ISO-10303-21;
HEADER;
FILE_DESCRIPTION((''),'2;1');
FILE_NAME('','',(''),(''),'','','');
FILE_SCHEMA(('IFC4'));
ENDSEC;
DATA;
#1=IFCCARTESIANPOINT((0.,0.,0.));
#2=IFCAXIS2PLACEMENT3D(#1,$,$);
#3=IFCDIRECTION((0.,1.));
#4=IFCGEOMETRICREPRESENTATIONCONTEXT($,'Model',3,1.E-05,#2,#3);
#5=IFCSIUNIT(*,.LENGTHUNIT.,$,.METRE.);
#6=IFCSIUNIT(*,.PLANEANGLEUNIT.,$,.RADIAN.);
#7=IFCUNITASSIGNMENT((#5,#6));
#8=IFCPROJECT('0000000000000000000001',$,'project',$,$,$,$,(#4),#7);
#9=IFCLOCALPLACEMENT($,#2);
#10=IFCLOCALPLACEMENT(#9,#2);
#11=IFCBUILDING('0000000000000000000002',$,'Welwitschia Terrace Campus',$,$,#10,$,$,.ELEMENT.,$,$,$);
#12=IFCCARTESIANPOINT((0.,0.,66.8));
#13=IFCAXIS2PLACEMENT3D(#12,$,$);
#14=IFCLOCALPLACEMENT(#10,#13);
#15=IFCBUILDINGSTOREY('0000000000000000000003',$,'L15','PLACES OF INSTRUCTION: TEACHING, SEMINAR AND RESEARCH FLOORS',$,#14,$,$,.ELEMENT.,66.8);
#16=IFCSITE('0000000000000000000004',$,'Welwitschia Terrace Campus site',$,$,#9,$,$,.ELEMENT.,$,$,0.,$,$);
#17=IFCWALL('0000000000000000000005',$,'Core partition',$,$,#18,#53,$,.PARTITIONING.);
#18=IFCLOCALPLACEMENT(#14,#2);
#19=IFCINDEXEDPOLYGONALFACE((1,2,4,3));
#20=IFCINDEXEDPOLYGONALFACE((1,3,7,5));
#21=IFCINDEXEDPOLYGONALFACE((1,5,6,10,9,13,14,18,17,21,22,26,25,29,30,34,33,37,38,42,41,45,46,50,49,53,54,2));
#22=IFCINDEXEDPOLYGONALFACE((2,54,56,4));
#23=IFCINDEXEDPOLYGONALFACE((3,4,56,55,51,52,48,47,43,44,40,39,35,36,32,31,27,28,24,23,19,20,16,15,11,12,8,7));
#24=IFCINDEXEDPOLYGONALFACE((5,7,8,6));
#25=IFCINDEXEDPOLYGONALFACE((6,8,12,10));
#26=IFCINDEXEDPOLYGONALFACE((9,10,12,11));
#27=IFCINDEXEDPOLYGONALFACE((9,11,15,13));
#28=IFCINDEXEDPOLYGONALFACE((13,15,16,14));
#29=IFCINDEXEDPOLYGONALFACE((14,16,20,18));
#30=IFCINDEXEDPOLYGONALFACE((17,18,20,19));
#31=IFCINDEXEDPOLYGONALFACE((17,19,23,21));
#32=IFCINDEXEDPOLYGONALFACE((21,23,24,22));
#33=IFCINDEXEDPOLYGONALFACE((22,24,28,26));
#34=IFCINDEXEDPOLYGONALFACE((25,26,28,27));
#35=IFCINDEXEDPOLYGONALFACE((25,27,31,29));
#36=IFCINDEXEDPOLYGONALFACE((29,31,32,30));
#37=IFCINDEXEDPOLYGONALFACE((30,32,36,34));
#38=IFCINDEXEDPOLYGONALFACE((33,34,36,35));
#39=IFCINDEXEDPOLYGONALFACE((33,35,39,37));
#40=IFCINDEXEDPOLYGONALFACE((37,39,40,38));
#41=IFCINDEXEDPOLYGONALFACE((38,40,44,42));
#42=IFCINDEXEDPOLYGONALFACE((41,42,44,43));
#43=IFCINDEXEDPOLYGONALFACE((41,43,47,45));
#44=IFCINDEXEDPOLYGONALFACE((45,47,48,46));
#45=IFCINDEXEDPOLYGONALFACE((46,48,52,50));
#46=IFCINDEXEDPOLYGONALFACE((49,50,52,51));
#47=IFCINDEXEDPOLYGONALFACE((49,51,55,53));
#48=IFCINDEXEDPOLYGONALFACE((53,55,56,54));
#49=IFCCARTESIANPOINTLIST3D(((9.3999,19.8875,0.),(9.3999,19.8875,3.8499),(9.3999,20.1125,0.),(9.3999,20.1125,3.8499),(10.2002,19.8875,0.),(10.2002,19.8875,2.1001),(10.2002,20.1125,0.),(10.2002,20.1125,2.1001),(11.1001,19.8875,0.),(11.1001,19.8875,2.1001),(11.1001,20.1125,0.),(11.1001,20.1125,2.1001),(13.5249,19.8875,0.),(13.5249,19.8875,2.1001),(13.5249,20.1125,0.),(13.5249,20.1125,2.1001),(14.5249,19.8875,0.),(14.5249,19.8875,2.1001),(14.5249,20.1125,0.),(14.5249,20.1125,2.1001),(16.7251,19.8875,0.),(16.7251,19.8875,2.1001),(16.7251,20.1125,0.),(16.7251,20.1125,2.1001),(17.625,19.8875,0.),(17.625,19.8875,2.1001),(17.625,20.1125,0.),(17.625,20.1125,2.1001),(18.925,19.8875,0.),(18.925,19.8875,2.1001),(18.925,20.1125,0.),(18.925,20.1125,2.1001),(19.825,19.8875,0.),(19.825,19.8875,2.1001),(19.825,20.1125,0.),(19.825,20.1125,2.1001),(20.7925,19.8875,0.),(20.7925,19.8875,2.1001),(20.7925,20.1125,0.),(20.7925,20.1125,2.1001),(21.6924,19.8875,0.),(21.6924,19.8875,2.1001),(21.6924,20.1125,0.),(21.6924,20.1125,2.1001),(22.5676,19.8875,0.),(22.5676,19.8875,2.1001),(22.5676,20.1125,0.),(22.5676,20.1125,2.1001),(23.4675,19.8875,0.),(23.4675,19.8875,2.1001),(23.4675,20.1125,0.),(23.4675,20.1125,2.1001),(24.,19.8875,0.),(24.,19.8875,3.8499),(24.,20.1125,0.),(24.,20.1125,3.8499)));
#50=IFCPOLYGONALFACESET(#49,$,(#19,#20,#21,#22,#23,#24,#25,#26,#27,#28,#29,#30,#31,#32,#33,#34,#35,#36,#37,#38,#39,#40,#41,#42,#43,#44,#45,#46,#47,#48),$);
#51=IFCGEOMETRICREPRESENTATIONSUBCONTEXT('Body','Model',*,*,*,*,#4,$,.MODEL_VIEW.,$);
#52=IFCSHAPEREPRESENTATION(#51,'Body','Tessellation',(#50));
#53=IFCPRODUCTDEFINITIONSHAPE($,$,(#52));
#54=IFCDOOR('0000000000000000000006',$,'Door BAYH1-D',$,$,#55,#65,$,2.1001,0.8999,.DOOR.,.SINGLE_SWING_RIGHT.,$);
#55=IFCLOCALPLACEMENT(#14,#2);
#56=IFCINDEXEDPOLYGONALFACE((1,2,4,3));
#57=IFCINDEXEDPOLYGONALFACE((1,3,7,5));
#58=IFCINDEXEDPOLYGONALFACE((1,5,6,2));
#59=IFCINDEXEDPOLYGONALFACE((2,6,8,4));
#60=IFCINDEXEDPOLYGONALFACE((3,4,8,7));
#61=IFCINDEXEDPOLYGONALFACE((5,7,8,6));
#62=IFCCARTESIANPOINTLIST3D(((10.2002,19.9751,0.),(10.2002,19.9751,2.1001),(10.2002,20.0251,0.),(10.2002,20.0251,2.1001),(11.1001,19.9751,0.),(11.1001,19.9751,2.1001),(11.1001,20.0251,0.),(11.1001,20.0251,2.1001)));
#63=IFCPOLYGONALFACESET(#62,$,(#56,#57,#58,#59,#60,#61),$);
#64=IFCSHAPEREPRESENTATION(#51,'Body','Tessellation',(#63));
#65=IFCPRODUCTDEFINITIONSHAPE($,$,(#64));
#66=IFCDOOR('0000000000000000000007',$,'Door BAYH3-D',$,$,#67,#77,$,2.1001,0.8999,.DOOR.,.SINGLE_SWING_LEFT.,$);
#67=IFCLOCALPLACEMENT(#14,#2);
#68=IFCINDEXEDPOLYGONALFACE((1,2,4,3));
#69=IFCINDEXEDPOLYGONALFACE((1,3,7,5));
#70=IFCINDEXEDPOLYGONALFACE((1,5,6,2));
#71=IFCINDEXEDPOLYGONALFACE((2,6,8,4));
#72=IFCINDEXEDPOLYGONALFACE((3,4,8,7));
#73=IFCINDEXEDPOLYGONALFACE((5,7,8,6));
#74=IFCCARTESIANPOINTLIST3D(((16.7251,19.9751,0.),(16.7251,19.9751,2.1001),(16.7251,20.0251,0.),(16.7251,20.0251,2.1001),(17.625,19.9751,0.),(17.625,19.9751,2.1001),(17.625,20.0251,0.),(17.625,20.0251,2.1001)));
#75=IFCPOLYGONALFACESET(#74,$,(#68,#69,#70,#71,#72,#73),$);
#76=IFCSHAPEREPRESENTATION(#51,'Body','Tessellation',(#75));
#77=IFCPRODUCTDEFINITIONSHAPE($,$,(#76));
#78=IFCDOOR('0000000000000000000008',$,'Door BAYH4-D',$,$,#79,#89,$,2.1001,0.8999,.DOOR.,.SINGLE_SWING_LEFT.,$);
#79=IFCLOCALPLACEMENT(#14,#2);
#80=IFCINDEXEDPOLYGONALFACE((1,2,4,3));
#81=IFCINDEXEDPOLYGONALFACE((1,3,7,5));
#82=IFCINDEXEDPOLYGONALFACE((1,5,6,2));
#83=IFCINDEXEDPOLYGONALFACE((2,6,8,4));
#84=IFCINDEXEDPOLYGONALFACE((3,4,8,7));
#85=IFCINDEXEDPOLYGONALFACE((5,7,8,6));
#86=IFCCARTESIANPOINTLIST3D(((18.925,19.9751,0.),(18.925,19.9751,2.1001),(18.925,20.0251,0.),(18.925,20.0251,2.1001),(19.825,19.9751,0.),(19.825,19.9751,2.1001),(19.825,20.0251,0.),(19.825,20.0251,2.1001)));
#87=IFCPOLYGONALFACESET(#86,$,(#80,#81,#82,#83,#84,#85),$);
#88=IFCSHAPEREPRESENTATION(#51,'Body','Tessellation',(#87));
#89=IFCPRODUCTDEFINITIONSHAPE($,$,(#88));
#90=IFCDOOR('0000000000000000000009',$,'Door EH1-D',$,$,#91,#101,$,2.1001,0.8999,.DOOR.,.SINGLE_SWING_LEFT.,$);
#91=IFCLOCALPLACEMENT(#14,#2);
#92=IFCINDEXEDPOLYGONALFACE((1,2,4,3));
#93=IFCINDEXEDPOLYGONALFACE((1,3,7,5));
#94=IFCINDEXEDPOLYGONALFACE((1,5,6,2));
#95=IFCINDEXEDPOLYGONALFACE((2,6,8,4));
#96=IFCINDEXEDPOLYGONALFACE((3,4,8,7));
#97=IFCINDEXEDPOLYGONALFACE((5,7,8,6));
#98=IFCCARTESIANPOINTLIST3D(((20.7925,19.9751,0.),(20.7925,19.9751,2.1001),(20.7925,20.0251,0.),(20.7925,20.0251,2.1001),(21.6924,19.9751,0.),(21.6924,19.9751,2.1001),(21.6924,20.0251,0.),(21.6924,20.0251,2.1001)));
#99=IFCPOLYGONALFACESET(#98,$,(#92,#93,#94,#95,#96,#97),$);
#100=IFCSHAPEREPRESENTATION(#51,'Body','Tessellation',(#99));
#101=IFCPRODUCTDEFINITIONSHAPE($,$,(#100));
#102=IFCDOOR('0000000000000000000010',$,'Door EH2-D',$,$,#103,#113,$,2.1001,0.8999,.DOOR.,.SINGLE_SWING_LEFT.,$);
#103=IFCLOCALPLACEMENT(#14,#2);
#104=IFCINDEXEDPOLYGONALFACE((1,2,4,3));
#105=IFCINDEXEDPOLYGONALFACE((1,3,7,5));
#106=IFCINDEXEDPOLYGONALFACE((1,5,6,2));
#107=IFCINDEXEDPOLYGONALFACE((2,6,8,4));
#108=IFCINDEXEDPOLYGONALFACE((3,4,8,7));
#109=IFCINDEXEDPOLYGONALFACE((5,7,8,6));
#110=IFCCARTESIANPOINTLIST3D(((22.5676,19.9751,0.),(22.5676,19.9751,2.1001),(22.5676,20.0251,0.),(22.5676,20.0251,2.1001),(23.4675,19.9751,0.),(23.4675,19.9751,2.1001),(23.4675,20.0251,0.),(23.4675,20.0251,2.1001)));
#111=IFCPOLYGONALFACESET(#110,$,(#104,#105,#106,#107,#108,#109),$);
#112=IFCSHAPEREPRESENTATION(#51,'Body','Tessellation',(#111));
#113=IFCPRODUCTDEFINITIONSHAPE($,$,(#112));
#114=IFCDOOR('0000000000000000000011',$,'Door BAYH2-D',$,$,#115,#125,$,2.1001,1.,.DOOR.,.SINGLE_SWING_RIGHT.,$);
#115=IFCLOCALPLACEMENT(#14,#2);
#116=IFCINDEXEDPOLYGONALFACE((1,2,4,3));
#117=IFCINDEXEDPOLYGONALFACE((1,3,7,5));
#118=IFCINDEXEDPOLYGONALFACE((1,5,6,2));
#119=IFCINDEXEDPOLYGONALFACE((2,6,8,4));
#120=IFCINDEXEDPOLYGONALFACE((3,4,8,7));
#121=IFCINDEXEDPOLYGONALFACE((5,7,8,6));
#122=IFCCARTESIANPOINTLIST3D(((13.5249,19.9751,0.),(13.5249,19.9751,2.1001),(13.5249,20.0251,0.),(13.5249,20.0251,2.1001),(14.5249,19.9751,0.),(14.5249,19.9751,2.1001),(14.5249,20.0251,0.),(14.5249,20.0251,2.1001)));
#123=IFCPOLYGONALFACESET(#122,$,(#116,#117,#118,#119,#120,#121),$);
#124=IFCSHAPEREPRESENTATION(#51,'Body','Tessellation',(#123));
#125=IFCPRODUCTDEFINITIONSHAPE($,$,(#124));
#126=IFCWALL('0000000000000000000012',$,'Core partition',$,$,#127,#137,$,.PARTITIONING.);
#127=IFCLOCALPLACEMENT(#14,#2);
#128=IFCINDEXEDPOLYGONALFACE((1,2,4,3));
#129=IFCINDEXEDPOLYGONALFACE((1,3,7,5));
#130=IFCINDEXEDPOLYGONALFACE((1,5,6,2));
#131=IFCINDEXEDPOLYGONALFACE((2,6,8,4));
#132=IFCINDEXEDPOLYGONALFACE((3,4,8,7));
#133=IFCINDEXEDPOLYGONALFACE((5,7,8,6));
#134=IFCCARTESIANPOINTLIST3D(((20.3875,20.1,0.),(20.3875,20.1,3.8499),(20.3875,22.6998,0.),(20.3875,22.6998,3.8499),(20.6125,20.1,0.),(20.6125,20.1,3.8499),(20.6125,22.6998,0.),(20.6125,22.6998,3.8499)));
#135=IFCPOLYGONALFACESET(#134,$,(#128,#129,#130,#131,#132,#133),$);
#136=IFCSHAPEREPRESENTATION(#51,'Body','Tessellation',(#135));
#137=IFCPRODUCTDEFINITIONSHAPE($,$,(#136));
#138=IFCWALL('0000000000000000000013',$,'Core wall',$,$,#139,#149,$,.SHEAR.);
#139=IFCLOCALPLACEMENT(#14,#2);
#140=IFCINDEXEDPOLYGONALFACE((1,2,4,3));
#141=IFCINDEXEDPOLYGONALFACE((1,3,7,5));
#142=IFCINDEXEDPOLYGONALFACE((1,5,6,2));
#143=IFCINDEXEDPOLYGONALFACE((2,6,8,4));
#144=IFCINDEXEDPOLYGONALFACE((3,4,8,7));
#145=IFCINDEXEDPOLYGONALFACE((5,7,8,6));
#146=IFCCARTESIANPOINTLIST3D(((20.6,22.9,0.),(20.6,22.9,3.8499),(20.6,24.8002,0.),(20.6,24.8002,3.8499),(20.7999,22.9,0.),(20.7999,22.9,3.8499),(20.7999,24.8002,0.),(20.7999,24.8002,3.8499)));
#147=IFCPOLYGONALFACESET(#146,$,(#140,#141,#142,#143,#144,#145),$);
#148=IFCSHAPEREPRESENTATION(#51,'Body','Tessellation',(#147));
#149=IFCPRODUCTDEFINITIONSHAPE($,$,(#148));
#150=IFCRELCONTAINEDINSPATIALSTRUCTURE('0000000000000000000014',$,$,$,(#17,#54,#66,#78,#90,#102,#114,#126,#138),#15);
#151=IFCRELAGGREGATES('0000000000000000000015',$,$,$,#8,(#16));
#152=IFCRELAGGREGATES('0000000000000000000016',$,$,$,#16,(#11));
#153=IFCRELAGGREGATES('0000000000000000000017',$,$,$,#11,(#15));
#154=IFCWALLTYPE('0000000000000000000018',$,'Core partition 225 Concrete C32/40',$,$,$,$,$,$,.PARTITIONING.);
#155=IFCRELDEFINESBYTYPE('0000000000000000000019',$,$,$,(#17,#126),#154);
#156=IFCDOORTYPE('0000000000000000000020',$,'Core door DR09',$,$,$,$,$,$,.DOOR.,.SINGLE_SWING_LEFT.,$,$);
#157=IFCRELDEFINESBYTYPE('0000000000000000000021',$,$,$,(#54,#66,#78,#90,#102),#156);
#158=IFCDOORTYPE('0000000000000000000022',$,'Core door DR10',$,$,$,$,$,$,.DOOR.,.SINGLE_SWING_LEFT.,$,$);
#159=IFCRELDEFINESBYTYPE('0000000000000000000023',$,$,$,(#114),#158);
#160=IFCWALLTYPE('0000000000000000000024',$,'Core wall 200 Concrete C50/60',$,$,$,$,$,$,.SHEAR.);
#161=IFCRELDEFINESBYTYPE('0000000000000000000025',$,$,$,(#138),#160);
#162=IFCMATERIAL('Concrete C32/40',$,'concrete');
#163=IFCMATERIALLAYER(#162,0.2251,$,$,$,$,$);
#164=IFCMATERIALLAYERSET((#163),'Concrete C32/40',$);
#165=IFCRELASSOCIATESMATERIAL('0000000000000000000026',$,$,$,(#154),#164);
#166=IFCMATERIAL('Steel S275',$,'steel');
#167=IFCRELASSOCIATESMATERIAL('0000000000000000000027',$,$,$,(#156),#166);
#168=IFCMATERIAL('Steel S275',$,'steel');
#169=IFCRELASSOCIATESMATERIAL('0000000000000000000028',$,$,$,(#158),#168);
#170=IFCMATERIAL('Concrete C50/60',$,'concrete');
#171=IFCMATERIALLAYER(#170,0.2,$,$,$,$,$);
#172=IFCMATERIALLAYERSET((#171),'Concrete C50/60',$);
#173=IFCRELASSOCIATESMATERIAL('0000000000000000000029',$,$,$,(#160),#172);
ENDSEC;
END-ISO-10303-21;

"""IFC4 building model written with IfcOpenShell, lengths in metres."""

from ifc_helpers import new_model, si_unit, direction, frame, frame_2d, origin, place, context, subcontext, project, spatial, rectangle, extrude, material, layer, layer_set, type_object, element, fill, save


model = new_model("IFC4")

# Units and contexts
model_context = context("Model", 3, precision=1e-05, world=origin(), true_north=direction((0.0, 1.0)))
body_context = subcontext(model_context, "Body", "Model", "MODEL_VIEW")
ifc_project = project(units=[si_unit("LENGTHUNIT", "METRE"), si_unit("PLANEANGLEUNIT", "RADIAN")], contexts=[model_context])

# Site, building, storey
site_placement = place(None, origin())
site = spatial("IfcSite", under=ifc_project, at=site_placement, Name="Welwitschia Terrace Campus site", CompositionType="ELEMENT", RefElevation=0.0)
building_placement = place(site_placement, origin())
building = spatial("IfcBuilding", under=site, at=building_placement, Name="Welwitschia Terrace Campus", CompositionType="ELEMENT")
storey_placement = place(building_placement, frame((0.0, 0.0, 66.8)))
storey = spatial("IfcBuildingStorey", under=building, at=storey_placement, Name="L15", Description="PLACES OF INSTRUCTION: TEACHING, SEMINAR AND RESEARCH FLOORS", CompositionType="ELEMENT", Elevation=66.8)

# Wall, openings, doors
ifc_material_1 = material(Name="Concrete C32/40", Category="concrete")
ifc_layer_1 = layer(ifc_material_1, 0.2251)
ifc_layer_set_1 = layer_set([ifc_layer_1], Name="Concrete C32/40")
wall_type_1 = type_object("IfcWallType", Name="Core partition 225 Concrete C32/40", PredefinedType="PARTITIONING", material=ifc_layer_set_1)
wall_1_placement = place(storey_placement, frame((24.0, 20.0, 0.0), z_axis=(0.0, 0.0, 1.0), x_axis=(-1.0, 0.0, 0.0)))
wall_1 = element("IfcWall", 1, at=wall_1_placement, inside=storey, type_object=wall_type_1, Name="Core partition", PredefinedType="PARTITIONING", context=body_context, shape_type="SweptSolid", body=[
    extrude(rectangle(XDim=14.6001, YDim=0.2251, at=frame_2d((7.3, 0.0))), origin(), (0.0, 0.0, 1.0), 3.8499),
])
opening_1_placement = place(wall_1_placement, frame((12.8999, 0.0, 0.0)))
opening_1 = element("IfcOpeningElement", 2, at=opening_1_placement, cuts=wall_1, PredefinedType="OPENING", context=body_context, shape_type="SweptSolid", body=[
    extrude(rectangle(XDim=0.8999, YDim=2.1001, at=frame_2d((0.45, 1.05))), frame((0.0, 0.1226, 0.0), z_axis=(0.0, -1.0, 0.0), x_axis=(1.0, 0.0, 0.0)), (0.0, 0.0, 1.0), 0.2451),
])
opening_2_placement = place(wall_1_placement, frame((9.4751, 0.0, 0.0)))
opening_2 = element("IfcOpeningElement", 3, at=opening_2_placement, cuts=wall_1, PredefinedType="OPENING", context=body_context, shape_type="SweptSolid", body=[
    extrude(rectangle(XDim=1.0, YDim=2.1001, at=frame_2d((0.5, 1.05))), frame((0.0, 0.1226, 0.0), z_axis=(0.0, -1.0, 0.0), x_axis=(1.0, 0.0, 0.0)), (0.0, 0.0, 1.0), 0.2451),
])
opening_3_placement = place(wall_1_placement, frame((6.375, 0.0, 0.0)))
opening_3 = element("IfcOpeningElement", 4, at=opening_3_placement, cuts=wall_1, PredefinedType="OPENING", context=body_context, shape_type="SweptSolid", body=[
    extrude(rectangle(XDim=0.8999, YDim=2.1001, at=frame_2d((0.45, 1.05))), frame((0.0, 0.1226, 0.0), z_axis=(0.0, -1.0, 0.0), x_axis=(1.0, 0.0, 0.0)), (0.0, 0.0, 1.0), 0.2451),
])
opening_4_placement = place(wall_1_placement, frame((4.175, 0.0, 0.0)))
opening_4 = element("IfcOpeningElement", 5, at=opening_4_placement, cuts=wall_1, PredefinedType="OPENING", context=body_context, shape_type="SweptSolid", body=[
    extrude(rectangle(XDim=0.8999, YDim=2.1001, at=frame_2d((0.45, 1.05))), frame((0.0, 0.1226, 0.0), z_axis=(0.0, -1.0, 0.0), x_axis=(1.0, 0.0, 0.0)), (0.0, 0.0, 1.0), 0.2451),
])
opening_5_placement = place(wall_1_placement, frame((2.3076, 0.0, 0.0)))
opening_5 = element("IfcOpeningElement", 6, at=opening_5_placement, cuts=wall_1, PredefinedType="OPENING", context=body_context, shape_type="SweptSolid", body=[
    extrude(rectangle(XDim=0.8999, YDim=2.1001, at=frame_2d((0.45, 1.05))), frame((0.0, 0.1226, 0.0), z_axis=(0.0, -1.0, 0.0), x_axis=(1.0, 0.0, 0.0)), (0.0, 0.0, 1.0), 0.2451),
])
opening_6_placement = place(wall_1_placement, frame((0.5325, 0.0, 0.0)))
opening_6 = element("IfcOpeningElement", 7, at=opening_6_placement, cuts=wall_1, PredefinedType="OPENING", context=body_context, shape_type="SweptSolid", body=[
    extrude(rectangle(XDim=0.8999, YDim=2.1001, at=frame_2d((0.45, 1.05))), frame((0.0, 0.1226, 0.0), z_axis=(0.0, -1.0, 0.0), x_axis=(1.0, 0.0, 0.0)), (0.0, 0.0, 1.0), 0.2451),
])
ifc_material_2 = material(Name="Steel S275", Category="steel")
door_type_1 = type_object("IfcDoorType", Name="Core door DR09", OperationType="SINGLE_SWING_LEFT", PredefinedType="DOOR", material=ifc_material_2)
door_1_placement = place(opening_1_placement, origin())
door_1 = element("IfcDoor", 8, at=door_1_placement, inside=storey, type_object=door_type_1, Name="Door BAYH1-D", OperationType="SINGLE_SWING_RIGHT", OverallHeight=2.1001, OverallWidth=0.8999, PredefinedType="DOOR", context=body_context, shape_type="SweptSolid", body=[
    extrude(rectangle(XDim=0.8999, YDim=2.1001, at=frame_2d((0.45, 1.05))), frame((0.0, 0.0249, 0.0), z_axis=(0.0, -1.0, 0.0), x_axis=(1.0, 0.0, 0.0)), (0.0, 0.0, 1.0), 0.05),
])
fill(opening_1, door_1)
door_2_placement = place(opening_3_placement, origin())
door_2 = element("IfcDoor", 9, at=door_2_placement, inside=storey, type_object=door_type_1, Name="Door BAYH3-D", OperationType="SINGLE_SWING_LEFT", OverallHeight=2.1001, OverallWidth=0.8999, PredefinedType="DOOR", context=body_context, shape_type="SweptSolid", body=[
    extrude(rectangle(XDim=0.8999, YDim=2.1001, at=frame_2d((0.45, 1.05))), frame((0.0, 0.0249, 0.0), z_axis=(0.0, -1.0, 0.0), x_axis=(1.0, 0.0, 0.0)), (0.0, 0.0, 1.0), 0.05),
])
fill(opening_3, door_2)
door_3_placement = place(opening_4_placement, origin())
door_3 = element("IfcDoor", 10, at=door_3_placement, inside=storey, type_object=door_type_1, Name="Door BAYH4-D", OperationType="SINGLE_SWING_LEFT", OverallHeight=2.1001, OverallWidth=0.8999, PredefinedType="DOOR", context=body_context, shape_type="SweptSolid", body=[
    extrude(rectangle(XDim=0.8999, YDim=2.1001, at=frame_2d((0.45, 1.05))), frame((0.0, 0.0249, 0.0), z_axis=(0.0, -1.0, 0.0), x_axis=(1.0, 0.0, 0.0)), (0.0, 0.0, 1.0), 0.05),
])
fill(opening_4, door_3)
door_4_placement = place(opening_5_placement, origin())
door_4 = element("IfcDoor", 11, at=door_4_placement, inside=storey, type_object=door_type_1, Name="Door EH1-D", OperationType="SINGLE_SWING_LEFT", OverallHeight=2.1001, OverallWidth=0.8999, PredefinedType="DOOR", context=body_context, shape_type="SweptSolid", body=[
    extrude(rectangle(XDim=0.8999, YDim=2.1001, at=frame_2d((0.45, 1.05))), frame((0.0, 0.0249, 0.0), z_axis=(0.0, -1.0, 0.0), x_axis=(1.0, 0.0, 0.0)), (0.0, 0.0, 1.0), 0.05),
])
fill(opening_5, door_4)
door_5_placement = place(opening_6_placement, origin())
door_5 = element("IfcDoor", 12, at=door_5_placement, inside=storey, type_object=door_type_1, Name="Door EH2-D", OperationType="SINGLE_SWING_LEFT", OverallHeight=2.1001, OverallWidth=0.8999, PredefinedType="DOOR", context=body_context, shape_type="SweptSolid", body=[
    extrude(rectangle(XDim=0.8999, YDim=2.1001, at=frame_2d((0.45, 1.05))), frame((0.0, 0.0249, 0.0), z_axis=(0.0, -1.0, 0.0), x_axis=(1.0, 0.0, 0.0)), (0.0, 0.0, 1.0), 0.05),
])
fill(opening_6, door_5)
ifc_material_3 = material(Name="Steel S275", Category="steel")
door_type_2 = type_object("IfcDoorType", Name="Core door DR10", OperationType="SINGLE_SWING_LEFT", PredefinedType="DOOR", material=ifc_material_3)
door_6_placement = place(opening_2_placement, origin())
door_6 = element("IfcDoor", 13, at=door_6_placement, inside=storey, type_object=door_type_2, Name="Door BAYH2-D", OperationType="SINGLE_SWING_RIGHT", OverallHeight=2.1001, OverallWidth=1.0, PredefinedType="DOOR", context=body_context, shape_type="SweptSolid", body=[
    extrude(rectangle(XDim=1.0, YDim=2.1001, at=frame_2d((0.5, 1.05))), frame((0.0, 0.0249, 0.0), z_axis=(0.0, -1.0, 0.0), x_axis=(1.0, 0.0, 0.0)), (0.0, 0.0, 1.0), 0.05),
])
fill(opening_2, door_6)

# Walls
wall_2_placement = place(storey_placement, frame((20.5, 20.1001, 0.0), z_axis=(0.0, 0.0, 1.0), x_axis=(0.0, 1.0, 0.0)))
element("IfcWall", 14, at=wall_2_placement, inside=storey, type_object=wall_type_1, Name="Core partition", PredefinedType="PARTITIONING", context=body_context, shape_type="SweptSolid", body=[
    extrude(rectangle(XDim=2.5999, YDim=0.2251, at=frame_2d((1.2998, 0.0))), origin(), (0.0, 0.0, 1.0), 3.8499),
])
ifc_material_4 = material(Name="Concrete C50/60", Category="concrete")
ifc_layer_2 = layer(ifc_material_4, 0.2)
ifc_layer_set_2 = layer_set([ifc_layer_2], Name="Concrete C50/60")
wall_type_2 = type_object("IfcWallType", Name="Core wall 200 Concrete C50/60", PredefinedType="SHEAR", material=ifc_layer_set_2)
wall_3_placement = place(storey_placement, frame((20.7, 22.8999, 0.0), z_axis=(0.0, 0.0, 1.0), x_axis=(0.0, 1.0, 0.0)))
element("IfcWall", 15, at=wall_3_placement, inside=storey, type_object=wall_type_2, Name="Core wall", PredefinedType="SHEAR", context=body_context, shape_type="SweptSolid", body=[
    extrude(rectangle(XDim=1.9001, YDim=0.2, at=frame_2d((0.9502, 0.0))), origin(), (0.0, 0.0, 1.0), 3.8499),
])

save(model, "model.ifc")
